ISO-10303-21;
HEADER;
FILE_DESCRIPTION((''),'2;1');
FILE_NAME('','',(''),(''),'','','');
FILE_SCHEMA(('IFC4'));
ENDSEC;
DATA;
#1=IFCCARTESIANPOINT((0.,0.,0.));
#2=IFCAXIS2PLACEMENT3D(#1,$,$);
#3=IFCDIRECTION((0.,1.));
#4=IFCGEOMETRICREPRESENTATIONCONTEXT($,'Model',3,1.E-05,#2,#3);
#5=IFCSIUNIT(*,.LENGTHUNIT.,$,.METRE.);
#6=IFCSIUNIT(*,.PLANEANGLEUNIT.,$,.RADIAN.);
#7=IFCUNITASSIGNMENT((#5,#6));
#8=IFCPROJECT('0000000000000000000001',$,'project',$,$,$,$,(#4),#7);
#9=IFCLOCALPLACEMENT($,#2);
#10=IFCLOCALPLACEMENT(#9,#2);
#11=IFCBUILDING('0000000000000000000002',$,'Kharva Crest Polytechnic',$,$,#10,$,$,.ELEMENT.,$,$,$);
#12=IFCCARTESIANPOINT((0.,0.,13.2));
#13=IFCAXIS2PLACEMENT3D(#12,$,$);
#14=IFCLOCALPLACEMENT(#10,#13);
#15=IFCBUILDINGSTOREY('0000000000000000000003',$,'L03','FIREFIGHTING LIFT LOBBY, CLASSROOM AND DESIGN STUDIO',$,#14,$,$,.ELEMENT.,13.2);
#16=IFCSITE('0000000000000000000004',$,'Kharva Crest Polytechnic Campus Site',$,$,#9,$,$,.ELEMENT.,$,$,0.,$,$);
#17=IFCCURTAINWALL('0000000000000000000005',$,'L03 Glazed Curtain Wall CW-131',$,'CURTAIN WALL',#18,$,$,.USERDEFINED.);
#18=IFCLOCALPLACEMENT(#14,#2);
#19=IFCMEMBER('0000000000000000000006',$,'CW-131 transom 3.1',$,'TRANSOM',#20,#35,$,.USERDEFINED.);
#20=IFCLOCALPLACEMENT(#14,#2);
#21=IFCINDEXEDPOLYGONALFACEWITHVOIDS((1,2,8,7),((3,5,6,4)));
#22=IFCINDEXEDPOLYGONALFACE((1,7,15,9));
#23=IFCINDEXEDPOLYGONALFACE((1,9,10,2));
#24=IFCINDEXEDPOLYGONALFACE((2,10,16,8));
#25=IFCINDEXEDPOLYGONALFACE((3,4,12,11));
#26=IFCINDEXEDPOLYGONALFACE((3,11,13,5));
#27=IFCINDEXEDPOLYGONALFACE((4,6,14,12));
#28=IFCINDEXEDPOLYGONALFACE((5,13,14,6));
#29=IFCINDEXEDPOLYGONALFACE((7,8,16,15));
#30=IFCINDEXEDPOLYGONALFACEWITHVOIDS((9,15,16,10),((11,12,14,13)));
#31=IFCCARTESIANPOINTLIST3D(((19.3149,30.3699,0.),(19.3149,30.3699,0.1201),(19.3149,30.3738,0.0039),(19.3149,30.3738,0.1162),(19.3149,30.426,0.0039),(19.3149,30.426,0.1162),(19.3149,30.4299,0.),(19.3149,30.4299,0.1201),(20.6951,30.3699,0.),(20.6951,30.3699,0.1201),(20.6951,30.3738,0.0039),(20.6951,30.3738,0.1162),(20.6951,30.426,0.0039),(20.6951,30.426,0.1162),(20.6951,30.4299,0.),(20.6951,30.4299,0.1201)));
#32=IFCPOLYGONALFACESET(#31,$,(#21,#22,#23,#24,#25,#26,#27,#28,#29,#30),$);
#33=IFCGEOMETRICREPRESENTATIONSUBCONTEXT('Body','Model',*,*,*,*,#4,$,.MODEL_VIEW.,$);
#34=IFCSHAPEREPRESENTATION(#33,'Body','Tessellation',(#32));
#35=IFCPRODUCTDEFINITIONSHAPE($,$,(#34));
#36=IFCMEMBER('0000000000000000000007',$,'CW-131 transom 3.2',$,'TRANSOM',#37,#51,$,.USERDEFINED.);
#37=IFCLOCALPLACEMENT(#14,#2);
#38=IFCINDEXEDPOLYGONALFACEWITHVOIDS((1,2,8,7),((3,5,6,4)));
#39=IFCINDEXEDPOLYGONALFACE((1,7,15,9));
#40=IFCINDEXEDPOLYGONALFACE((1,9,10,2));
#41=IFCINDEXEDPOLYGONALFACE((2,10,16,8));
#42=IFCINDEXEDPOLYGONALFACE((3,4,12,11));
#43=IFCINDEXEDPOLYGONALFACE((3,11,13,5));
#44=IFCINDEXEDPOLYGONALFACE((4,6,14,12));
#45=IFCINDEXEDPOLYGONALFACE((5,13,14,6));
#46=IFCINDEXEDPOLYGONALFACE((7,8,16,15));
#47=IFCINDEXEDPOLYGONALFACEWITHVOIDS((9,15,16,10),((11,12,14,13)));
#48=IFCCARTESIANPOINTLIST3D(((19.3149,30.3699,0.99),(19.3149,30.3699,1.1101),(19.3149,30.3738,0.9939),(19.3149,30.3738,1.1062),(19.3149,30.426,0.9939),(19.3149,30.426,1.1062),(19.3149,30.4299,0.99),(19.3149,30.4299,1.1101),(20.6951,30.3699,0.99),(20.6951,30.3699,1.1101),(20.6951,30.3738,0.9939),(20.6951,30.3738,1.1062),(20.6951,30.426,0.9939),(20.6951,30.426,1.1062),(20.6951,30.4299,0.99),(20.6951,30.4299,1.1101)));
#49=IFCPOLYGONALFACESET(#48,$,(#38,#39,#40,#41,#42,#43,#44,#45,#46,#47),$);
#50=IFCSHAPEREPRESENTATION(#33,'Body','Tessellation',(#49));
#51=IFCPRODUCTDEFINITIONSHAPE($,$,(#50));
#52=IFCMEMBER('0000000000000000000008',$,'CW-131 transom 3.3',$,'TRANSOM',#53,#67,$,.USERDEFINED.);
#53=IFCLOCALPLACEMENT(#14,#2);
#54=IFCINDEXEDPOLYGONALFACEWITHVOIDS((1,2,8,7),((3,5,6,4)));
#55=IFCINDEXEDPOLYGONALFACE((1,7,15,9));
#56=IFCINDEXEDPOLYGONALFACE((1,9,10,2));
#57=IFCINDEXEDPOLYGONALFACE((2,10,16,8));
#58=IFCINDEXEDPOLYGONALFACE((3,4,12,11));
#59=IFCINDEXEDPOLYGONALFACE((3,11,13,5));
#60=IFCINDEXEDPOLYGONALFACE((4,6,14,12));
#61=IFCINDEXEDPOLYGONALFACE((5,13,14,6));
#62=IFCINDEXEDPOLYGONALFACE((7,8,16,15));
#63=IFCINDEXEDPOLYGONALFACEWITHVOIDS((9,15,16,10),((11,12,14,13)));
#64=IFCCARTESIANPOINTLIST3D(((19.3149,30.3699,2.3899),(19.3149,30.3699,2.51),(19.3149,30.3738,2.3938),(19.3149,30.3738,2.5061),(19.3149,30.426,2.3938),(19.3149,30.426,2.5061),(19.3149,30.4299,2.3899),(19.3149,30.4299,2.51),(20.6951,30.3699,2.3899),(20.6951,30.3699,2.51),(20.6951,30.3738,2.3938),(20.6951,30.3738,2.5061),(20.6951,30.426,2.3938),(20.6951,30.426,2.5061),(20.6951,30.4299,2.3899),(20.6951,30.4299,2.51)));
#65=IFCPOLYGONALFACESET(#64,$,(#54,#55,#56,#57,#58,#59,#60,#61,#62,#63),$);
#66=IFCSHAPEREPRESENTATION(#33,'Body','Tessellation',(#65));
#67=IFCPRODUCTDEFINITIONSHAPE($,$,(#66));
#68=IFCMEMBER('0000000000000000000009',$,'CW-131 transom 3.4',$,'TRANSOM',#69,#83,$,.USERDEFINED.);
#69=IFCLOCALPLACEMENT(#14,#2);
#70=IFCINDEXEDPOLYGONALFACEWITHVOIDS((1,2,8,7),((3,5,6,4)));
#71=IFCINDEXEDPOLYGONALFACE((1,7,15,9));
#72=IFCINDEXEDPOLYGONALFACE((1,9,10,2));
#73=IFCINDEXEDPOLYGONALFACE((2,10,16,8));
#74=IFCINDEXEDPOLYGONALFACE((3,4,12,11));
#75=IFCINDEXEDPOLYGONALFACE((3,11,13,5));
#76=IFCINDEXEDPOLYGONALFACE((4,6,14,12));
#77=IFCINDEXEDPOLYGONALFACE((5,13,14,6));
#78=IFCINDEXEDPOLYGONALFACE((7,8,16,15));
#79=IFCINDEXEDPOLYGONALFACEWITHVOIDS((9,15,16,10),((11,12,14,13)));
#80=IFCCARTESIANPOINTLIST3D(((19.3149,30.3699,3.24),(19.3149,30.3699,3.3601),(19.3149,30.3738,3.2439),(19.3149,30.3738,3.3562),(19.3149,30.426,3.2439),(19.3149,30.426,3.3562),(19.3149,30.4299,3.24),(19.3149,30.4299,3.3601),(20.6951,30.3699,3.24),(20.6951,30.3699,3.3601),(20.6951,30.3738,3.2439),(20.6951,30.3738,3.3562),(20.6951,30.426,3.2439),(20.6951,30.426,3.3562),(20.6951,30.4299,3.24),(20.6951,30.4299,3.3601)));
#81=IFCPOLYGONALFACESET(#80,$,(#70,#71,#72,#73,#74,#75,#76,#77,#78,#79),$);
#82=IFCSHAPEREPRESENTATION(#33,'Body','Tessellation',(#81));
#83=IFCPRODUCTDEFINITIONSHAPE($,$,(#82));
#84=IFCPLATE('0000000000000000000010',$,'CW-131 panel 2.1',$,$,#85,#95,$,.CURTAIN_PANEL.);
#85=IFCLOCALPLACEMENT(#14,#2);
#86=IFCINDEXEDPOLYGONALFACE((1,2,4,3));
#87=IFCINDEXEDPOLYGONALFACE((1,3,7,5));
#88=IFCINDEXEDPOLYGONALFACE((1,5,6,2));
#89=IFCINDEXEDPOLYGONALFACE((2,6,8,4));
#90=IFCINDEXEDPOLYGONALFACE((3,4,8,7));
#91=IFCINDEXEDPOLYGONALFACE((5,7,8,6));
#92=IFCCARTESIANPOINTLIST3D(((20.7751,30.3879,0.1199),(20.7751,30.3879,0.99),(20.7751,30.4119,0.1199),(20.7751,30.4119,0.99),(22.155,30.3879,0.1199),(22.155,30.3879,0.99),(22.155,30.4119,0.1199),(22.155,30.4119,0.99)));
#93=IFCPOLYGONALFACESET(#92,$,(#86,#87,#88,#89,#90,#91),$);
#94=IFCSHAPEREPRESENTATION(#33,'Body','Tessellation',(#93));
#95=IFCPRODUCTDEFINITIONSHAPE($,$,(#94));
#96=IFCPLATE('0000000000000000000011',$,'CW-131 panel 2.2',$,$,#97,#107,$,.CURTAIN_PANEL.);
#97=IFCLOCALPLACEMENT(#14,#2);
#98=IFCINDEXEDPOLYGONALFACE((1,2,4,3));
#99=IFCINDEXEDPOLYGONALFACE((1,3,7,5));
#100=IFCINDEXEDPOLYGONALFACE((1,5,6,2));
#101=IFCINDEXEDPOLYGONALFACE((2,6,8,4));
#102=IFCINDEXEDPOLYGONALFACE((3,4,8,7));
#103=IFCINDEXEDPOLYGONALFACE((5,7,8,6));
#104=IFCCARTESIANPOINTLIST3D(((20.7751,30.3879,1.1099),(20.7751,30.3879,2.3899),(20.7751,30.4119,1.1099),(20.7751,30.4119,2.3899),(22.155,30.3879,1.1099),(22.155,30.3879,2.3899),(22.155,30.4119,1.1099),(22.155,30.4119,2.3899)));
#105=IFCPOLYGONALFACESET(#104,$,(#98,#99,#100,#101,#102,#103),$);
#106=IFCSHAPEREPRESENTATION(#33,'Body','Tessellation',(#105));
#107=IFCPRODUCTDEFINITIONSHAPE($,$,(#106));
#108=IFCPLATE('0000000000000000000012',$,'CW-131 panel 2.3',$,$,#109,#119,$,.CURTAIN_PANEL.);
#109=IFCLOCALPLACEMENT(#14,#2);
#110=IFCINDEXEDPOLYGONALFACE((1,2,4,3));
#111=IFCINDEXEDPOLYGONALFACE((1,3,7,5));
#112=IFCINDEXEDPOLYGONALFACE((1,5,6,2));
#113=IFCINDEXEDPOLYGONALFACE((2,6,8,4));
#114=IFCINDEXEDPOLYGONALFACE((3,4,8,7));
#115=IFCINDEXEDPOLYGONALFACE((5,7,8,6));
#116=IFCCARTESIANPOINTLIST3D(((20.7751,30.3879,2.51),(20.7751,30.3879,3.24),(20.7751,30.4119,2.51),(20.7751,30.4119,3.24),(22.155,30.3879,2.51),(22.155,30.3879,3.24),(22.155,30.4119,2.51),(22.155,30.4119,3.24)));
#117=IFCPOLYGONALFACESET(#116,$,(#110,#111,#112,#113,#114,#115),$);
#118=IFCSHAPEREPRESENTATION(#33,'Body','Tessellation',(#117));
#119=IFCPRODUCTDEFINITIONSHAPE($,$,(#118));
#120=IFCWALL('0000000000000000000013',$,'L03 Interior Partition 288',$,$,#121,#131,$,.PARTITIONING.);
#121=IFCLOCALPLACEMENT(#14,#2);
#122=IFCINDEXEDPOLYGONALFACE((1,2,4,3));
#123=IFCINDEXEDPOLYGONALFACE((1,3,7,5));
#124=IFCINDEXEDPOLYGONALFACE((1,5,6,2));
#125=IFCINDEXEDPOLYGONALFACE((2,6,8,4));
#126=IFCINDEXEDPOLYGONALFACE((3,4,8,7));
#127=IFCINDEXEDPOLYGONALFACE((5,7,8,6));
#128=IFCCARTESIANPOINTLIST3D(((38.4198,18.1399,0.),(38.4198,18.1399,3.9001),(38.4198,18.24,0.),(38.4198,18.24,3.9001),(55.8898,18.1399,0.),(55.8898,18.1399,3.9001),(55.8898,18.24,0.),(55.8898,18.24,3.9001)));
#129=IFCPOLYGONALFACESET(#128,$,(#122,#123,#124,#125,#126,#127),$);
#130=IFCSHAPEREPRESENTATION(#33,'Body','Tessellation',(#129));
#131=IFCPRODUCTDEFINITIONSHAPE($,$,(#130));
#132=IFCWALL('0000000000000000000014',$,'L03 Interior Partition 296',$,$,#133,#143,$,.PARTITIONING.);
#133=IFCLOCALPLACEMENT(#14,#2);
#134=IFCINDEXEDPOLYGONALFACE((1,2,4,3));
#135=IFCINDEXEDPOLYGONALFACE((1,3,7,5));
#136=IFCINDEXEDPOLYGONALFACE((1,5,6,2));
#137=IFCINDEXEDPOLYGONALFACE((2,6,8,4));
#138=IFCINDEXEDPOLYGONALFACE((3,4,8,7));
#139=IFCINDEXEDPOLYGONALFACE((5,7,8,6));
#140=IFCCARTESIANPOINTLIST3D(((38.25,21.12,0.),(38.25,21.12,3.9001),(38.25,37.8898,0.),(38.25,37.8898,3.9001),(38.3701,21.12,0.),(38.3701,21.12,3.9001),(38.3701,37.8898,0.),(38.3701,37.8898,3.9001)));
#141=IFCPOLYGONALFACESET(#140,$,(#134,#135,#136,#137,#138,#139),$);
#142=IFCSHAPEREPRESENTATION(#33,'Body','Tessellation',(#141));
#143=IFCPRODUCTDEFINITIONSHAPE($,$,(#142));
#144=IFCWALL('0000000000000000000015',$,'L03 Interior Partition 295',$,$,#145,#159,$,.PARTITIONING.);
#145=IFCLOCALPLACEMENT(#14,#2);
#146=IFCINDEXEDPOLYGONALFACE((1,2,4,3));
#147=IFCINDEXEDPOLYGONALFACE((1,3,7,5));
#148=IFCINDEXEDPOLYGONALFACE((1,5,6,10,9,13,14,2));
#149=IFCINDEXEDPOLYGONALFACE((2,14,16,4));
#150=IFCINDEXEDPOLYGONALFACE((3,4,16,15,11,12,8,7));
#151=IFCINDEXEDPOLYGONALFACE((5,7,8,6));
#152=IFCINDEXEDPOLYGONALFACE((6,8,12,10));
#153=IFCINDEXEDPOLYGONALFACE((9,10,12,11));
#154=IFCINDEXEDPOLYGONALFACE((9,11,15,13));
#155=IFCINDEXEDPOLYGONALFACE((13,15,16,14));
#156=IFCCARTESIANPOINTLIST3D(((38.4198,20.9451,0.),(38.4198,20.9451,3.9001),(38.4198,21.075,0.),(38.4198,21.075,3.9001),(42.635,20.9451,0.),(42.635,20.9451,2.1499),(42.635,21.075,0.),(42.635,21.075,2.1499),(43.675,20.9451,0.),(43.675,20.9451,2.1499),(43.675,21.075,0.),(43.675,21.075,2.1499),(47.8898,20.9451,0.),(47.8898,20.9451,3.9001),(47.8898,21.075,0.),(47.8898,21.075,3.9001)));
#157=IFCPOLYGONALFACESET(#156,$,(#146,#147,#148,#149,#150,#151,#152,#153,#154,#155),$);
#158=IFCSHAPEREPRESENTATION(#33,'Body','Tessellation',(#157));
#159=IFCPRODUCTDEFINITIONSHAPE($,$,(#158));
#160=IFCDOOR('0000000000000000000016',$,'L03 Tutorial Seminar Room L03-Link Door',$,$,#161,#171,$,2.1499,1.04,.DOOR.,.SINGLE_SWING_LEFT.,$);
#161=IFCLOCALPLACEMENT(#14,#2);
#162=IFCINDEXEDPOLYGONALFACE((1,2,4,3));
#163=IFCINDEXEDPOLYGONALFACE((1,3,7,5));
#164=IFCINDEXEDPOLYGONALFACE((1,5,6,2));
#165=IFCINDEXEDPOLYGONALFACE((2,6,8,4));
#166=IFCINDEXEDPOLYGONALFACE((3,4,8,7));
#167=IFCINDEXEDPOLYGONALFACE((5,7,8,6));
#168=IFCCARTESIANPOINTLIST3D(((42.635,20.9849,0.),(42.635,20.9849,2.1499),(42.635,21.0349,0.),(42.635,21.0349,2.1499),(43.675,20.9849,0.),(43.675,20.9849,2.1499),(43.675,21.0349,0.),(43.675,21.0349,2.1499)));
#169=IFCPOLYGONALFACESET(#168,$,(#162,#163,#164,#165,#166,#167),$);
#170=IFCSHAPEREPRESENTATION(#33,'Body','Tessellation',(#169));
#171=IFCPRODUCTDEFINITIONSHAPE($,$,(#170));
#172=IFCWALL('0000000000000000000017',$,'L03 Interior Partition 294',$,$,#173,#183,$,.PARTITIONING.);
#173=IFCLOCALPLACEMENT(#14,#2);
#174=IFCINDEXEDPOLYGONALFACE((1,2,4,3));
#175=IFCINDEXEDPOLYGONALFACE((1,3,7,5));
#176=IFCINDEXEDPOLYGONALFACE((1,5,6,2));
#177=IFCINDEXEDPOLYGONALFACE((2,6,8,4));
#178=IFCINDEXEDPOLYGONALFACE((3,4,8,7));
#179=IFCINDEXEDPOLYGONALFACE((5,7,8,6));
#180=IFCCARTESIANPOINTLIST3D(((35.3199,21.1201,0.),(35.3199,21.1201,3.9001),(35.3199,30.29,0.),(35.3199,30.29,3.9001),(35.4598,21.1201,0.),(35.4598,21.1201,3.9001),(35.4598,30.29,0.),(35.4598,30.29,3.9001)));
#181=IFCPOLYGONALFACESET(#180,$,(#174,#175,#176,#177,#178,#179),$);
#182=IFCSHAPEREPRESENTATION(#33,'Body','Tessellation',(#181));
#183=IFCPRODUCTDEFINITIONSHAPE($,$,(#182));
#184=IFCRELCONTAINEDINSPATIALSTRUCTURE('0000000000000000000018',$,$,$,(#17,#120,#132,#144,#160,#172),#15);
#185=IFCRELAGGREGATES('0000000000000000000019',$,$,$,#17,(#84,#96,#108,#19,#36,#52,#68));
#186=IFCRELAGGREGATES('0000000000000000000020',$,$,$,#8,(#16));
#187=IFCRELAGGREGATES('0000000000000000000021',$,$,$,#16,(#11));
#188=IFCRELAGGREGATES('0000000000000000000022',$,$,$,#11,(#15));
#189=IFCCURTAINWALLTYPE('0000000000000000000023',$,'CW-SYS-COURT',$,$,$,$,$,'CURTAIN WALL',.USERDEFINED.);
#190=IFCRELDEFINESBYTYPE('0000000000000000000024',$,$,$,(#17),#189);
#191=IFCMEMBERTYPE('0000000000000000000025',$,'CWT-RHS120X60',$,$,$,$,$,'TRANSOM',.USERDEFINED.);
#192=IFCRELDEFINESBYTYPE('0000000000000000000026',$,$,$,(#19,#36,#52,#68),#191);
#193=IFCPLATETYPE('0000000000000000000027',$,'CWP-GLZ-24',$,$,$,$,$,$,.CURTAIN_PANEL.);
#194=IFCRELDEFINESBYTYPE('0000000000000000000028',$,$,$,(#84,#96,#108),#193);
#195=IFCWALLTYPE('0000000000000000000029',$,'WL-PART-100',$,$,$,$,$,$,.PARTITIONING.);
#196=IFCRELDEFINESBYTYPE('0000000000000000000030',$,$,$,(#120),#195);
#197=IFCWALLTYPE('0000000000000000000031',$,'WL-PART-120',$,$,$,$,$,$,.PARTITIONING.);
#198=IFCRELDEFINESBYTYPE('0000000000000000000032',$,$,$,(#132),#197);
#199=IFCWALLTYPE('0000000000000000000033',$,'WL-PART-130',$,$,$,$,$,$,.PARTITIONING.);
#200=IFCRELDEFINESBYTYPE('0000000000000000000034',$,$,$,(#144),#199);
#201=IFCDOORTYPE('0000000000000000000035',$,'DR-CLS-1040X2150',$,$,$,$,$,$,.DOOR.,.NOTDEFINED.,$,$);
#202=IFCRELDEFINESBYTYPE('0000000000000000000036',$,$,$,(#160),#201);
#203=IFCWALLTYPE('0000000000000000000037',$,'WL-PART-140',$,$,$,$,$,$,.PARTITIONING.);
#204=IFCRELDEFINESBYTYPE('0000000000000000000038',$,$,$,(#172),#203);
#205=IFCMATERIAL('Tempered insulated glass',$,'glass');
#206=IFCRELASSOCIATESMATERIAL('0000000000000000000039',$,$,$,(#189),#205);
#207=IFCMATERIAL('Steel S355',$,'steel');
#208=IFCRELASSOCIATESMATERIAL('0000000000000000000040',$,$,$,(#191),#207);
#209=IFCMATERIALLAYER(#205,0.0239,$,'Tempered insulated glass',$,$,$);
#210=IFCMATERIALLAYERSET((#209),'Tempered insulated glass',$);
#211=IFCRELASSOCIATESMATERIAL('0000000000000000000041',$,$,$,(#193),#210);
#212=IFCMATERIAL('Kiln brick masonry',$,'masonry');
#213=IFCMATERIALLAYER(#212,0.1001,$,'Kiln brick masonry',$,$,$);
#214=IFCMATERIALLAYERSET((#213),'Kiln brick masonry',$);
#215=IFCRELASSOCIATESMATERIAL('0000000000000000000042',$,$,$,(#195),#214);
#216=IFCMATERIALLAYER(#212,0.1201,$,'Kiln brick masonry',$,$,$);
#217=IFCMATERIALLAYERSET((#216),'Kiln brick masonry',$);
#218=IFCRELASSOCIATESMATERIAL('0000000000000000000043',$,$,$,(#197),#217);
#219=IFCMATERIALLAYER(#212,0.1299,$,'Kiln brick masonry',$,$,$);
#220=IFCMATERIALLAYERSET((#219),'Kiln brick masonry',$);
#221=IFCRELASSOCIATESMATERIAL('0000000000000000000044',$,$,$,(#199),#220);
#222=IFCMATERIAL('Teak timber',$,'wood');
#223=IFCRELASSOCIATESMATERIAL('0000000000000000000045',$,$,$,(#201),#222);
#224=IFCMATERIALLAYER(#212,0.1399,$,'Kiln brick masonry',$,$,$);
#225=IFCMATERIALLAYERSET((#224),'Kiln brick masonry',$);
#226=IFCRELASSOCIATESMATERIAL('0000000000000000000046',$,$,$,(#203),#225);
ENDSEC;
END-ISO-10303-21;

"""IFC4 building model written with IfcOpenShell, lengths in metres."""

from ifc_helpers import new_model, si_unit, direction, frame, frame_2d, origin, origin_2d, place, context, subcontext, project, spatial, rectangle, hollow_rectangle, extrude, material, layer, layer_set, material_profile, profile_set, type_object, element, fill, aggregate, save


model = new_model("IFC4")

# Units and contexts
model_context = context("Model", 3, precision=1e-05, world=origin(), true_north=direction((0.0, 1.0)))
body_context = subcontext(model_context, "Body", "Model", "MODEL_VIEW")
ifc_project = project(units=[si_unit("LENGTHUNIT", "METRE"), si_unit("PLANEANGLEUNIT", "RADIAN")], contexts=[model_context])

# Site, building, storey
site_placement = place(None, origin())
site = spatial("IfcSite", under=ifc_project, at=site_placement, Name="Kharva Crest Polytechnic Campus Site", CompositionType="ELEMENT", RefElevation=0.0)
building_placement = place(site_placement, origin())
building = spatial("IfcBuilding", under=site, at=building_placement, Name="Kharva Crest Polytechnic", CompositionType="ELEMENT")
storey_placement = place(building_placement, frame((0.0, 0.0, 13.2)))
storey = spatial("IfcBuildingStorey", under=building, at=storey_placement, Name="L03", Description="FIREFIGHTING LIFT LOBBY, CLASSROOM AND DESIGN STUDIO", CompositionType="ELEMENT", Elevation=13.2)

# Curtain wall, members, plates
ifc_material_1 = material(Name="Tempered insulated glass", Category="glass")
curtain_wall_type = type_object("IfcCurtainWallType", Name="CW-SYS-COURT", ElementType="CURTAIN WALL", PredefinedType="USERDEFINED", material=ifc_material_1)
curtain_wall_placement = place(storey_placement, origin())
curtain_wall = element("IfcCurtainWall", 1, at=curtain_wall_placement, inside=storey, type_object=curtain_wall_type, Name="L03 Glazed Curtain Wall CW-131", ObjectType="CURTAIN WALL", PredefinedType="USERDEFINED")
ifc_material_2 = material(Name="Steel S355", Category="steel")
ifc_material_profile_1 = material_profile(ifc_material_2, hollow_rectangle(XDim=0.0601, YDim=0.1201, WallThickness=0.0039, at=origin_2d()), Name="RHS 120X60X4.0")
ifc_profile_set_1 = profile_set([ifc_material_profile_1], Name="Steel S355")
member_type_1 = type_object("IfcMemberType", Name="CWT-RHS120X60", ElementType="TRANSOM", PredefinedType="USERDEFINED", material=ifc_profile_set_1)
member_1_placement = place(storey_placement, frame((20.6951, 30.3999, 0.0601), z_axis=(-1.0, 0.0, 0.0), x_axis=(0.0, -1.0, 0.0)))
member_1 = element("IfcMember", 2, at=member_1_placement, type_object=member_type_1, Name="CW-131 transom 3.1", ObjectType="TRANSOM", PredefinedType="USERDEFINED", context=body_context, shape_type="SweptSolid", body=[
    extrude(hollow_rectangle(XDim=0.0601, YDim=0.1201, WallThickness=0.0039, at=origin_2d()), origin(), (0.0, 0.0, 1.0), 1.3801),
])
member_2_placement = place(storey_placement, frame((20.6951, 30.3999, 1.05), z_axis=(-1.0, 0.0, 0.0), x_axis=(0.0, -1.0, 0.0)))
member_2 = element("IfcMember", 3, at=member_2_placement, type_object=member_type_1, Name="CW-131 transom 3.2", ObjectType="TRANSOM", PredefinedType="USERDEFINED", context=body_context, shape_type="SweptSolid", body=[
    extrude(hollow_rectangle(XDim=0.0601, YDim=0.1201, WallThickness=0.0039, at=origin_2d()), origin(), (0.0, 0.0, 1.0), 1.3801),
])
member_3_placement = place(storey_placement, frame((20.6951, 30.3999, 2.45), z_axis=(-1.0, 0.0, 0.0), x_axis=(0.0, -1.0, 0.0)))
member_3 = element("IfcMember", 4, at=member_3_placement, type_object=member_type_1, Name="CW-131 transom 3.3", ObjectType="TRANSOM", PredefinedType="USERDEFINED", context=body_context, shape_type="SweptSolid", body=[
    extrude(hollow_rectangle(XDim=0.0601, YDim=0.1201, WallThickness=0.0039, at=origin_2d()), origin(), (0.0, 0.0, 1.0), 1.3801),
])
member_4_placement = place(storey_placement, frame((20.6951, 30.3999, 3.3), z_axis=(-1.0, 0.0, 0.0), x_axis=(0.0, -1.0, 0.0)))
member_4 = element("IfcMember", 5, at=member_4_placement, type_object=member_type_1, Name="CW-131 transom 3.4", ObjectType="TRANSOM", PredefinedType="USERDEFINED", context=body_context, shape_type="SweptSolid", body=[
    extrude(hollow_rectangle(XDim=0.0601, YDim=0.1201, WallThickness=0.0039, at=origin_2d()), origin(), (0.0, 0.0, 1.0), 1.3801),
])
ifc_layer_1 = layer(ifc_material_1, 0.0239, Name="Tempered insulated glass")
ifc_layer_set_1 = layer_set([ifc_layer_1], Name="Tempered insulated glass")
plate_type = type_object("IfcPlateType", Name="CWP-GLZ-24", PredefinedType="CURTAIN_PANEL", material=ifc_layer_set_1)
plate_1_placement = place(storey_placement, frame((21.4651, 30.3999, 0.1199), z_axis=(0.0, 0.0, 1.0), x_axis=(-1.0, 0.0, 0.0)))
plate_1 = element("IfcPlate", 6, at=plate_1_placement, type_object=plate_type, Name="CW-131 panel 2.1", PredefinedType="CURTAIN_PANEL", context=body_context, shape_type="SweptSolid", body=[
    extrude(rectangle(XDim=1.3799, YDim=0.0239, at=origin_2d()), origin(), (0.0, 0.0, 1.0), 0.8701),
])
plate_2_placement = place(storey_placement, frame((21.4651, 30.3999, 1.1099), z_axis=(0.0, 0.0, 1.0), x_axis=(-1.0, 0.0, 0.0)))
plate_2 = element("IfcPlate", 7, at=plate_2_placement, type_object=plate_type, Name="CW-131 panel 2.2", PredefinedType="CURTAIN_PANEL", context=body_context, shape_type="SweptSolid", body=[
    extrude(rectangle(XDim=1.3799, YDim=0.0239, at=origin_2d()), origin(), (0.0, 0.0, 1.0), 1.28),
])
plate_3_placement = place(storey_placement, frame((21.4651, 30.3999, 2.51), z_axis=(0.0, 0.0, 1.0), x_axis=(-1.0, 0.0, 0.0)))
plate_3 = element("IfcPlate", 8, at=plate_3_placement, type_object=plate_type, Name="CW-131 panel 2.3", PredefinedType="CURTAIN_PANEL", context=body_context, shape_type="SweptSolid", body=[
    extrude(rectangle(XDim=1.3799, YDim=0.0239, at=origin_2d()), origin(), (0.0, 0.0, 1.0), 0.73),
])
aggregate(curtain_wall, [plate_1, plate_2, plate_3, member_1, member_2, member_3, member_4])

# Walls
ifc_material_3 = material(Name="Kiln brick masonry", Category="masonry")
ifc_layer_2 = layer(ifc_material_3, 0.1001, Name="Kiln brick masonry")
ifc_layer_set_2 = layer_set([ifc_layer_2], Name="Kiln brick masonry")
wall_type_1 = type_object("IfcWallType", Name="WL-PART-100", PredefinedType="PARTITIONING", material=ifc_layer_set_2)
wall_1_placement = place(storey_placement, frame((38.4199, 18.1899, 0.0), z_axis=(0.0, 0.0, 1.0), x_axis=(1.0, 0.0, 0.0)))
element("IfcWall", 9, at=wall_1_placement, inside=storey, type_object=wall_type_1, Name="L03 Interior Partition 288", PredefinedType="PARTITIONING", context=body_context, shape_type="SweptSolid", body=[
    extrude(rectangle(XDim=17.47, YDim=0.1001, at=frame_2d((8.7349, 0.0))), origin(), (0.0, 0.0, 1.0), 3.9001),
])
ifc_layer_3 = layer(ifc_material_3, 0.1201, Name="Kiln brick masonry")
ifc_layer_set_3 = layer_set([ifc_layer_3], Name="Kiln brick masonry")
wall_type_2 = type_object("IfcWallType", Name="WL-PART-120", PredefinedType="PARTITIONING", material=ifc_layer_set_3)
wall_2_placement = place(storey_placement, frame((38.3101, 21.1201, 0.0), z_axis=(0.0, 0.0, 1.0), x_axis=(0.0, 1.0, 0.0)))
element("IfcWall", 10, at=wall_2_placement, inside=storey, type_object=wall_type_2, Name="L03 Interior Partition 296", PredefinedType="PARTITIONING", context=body_context, shape_type="SweptSolid", body=[
    extrude(rectangle(XDim=16.7698, YDim=0.1201, at=frame_2d((8.3848, 0.0))), origin(), (0.0, 0.0, 1.0), 3.9001),
])

# Wall, opening, door
ifc_layer_4 = layer(ifc_material_3, 0.1299, Name="Kiln brick masonry")
ifc_layer_set_4 = layer_set([ifc_layer_4], Name="Kiln brick masonry")
wall_type_3 = type_object("IfcWallType", Name="WL-PART-130", PredefinedType="PARTITIONING", material=ifc_layer_set_4)
wall_3_placement = place(storey_placement, frame((38.4199, 21.01, 0.0), z_axis=(0.0, 0.0, 1.0), x_axis=(1.0, 0.0, 0.0)))
wall_3 = element("IfcWall", 11, at=wall_3_placement, inside=storey, type_object=wall_type_3, Name="L03 Interior Partition 295", PredefinedType="PARTITIONING", context=body_context, shape_type="SweptSolid", body=[
    extrude(rectangle(XDim=9.47, YDim=0.1299, at=frame_2d((4.7349, 0.0))), origin(), (0.0, 0.0, 1.0), 3.9001),
])
opening_placement = place(wall_3_placement, frame((4.2151, 0.0, 0.0)))
opening = element("IfcOpeningElement", 12, at=opening_placement, cuts=wall_3, PredefinedType="OPENING", context=body_context, shape_type="SweptSolid", body=[
    extrude(rectangle(XDim=1.04, YDim=2.1499, at=frame_2d((0.52, 1.075))), frame((0.0, 0.075, 0.0), z_axis=(0.0, -1.0, 0.0), x_axis=(1.0, 0.0, 0.0)), (0.0, 0.0, 1.0), 0.1499),
])
ifc_material_4 = material(Name="Teak timber", Category="wood")
door_type = type_object("IfcDoorType", Name="DR-CLS-1040X2150", OperationType="NOTDEFINED", PredefinedType="DOOR", material=ifc_material_4)
door_placement = place(opening_placement, origin())
door = element("IfcDoor", 13, at=door_placement, inside=storey, type_object=door_type, Name="L03 Tutorial Seminar Room L03-Link Door", OperationType="SINGLE_SWING_LEFT", OverallHeight=2.1499, OverallWidth=1.04, PredefinedType="DOOR", context=body_context, shape_type="SweptSolid", body=[
    extrude(rectangle(XDim=1.04, YDim=2.1499, at=frame_2d((0.52, 1.075))), frame((0.0, 0.0249, 0.0), z_axis=(0.0, -1.0, 0.0), x_axis=(1.0, 0.0, 0.0)), (0.0, 0.0, 1.0), 0.05),
])
fill(opening, door)

# Wall
ifc_layer_5 = layer(ifc_material_3, 0.1399, Name="Kiln brick masonry")
ifc_layer_set_5 = layer_set([ifc_layer_5], Name="Kiln brick masonry")
wall_type_4 = type_object("IfcWallType", Name="WL-PART-140", PredefinedType="PARTITIONING", material=ifc_layer_set_5)
wall_4_placement = place(storey_placement, frame((35.3899, 21.1201, 0.0), z_axis=(0.0, 0.0, 1.0), x_axis=(0.0, 1.0, 0.0)))
element("IfcWall", 14, at=wall_4_placement, inside=storey, type_object=wall_type_4, Name="L03 Interior Partition 294", PredefinedType="PARTITIONING", context=body_context, shape_type="SweptSolid", body=[
    extrude(rectangle(XDim=9.1699, YDim=0.1399, at=frame_2d((4.585, 0.0))), origin(), (0.0, 0.0, 1.0), 3.9001),
])

save(model, "model.ifc")
